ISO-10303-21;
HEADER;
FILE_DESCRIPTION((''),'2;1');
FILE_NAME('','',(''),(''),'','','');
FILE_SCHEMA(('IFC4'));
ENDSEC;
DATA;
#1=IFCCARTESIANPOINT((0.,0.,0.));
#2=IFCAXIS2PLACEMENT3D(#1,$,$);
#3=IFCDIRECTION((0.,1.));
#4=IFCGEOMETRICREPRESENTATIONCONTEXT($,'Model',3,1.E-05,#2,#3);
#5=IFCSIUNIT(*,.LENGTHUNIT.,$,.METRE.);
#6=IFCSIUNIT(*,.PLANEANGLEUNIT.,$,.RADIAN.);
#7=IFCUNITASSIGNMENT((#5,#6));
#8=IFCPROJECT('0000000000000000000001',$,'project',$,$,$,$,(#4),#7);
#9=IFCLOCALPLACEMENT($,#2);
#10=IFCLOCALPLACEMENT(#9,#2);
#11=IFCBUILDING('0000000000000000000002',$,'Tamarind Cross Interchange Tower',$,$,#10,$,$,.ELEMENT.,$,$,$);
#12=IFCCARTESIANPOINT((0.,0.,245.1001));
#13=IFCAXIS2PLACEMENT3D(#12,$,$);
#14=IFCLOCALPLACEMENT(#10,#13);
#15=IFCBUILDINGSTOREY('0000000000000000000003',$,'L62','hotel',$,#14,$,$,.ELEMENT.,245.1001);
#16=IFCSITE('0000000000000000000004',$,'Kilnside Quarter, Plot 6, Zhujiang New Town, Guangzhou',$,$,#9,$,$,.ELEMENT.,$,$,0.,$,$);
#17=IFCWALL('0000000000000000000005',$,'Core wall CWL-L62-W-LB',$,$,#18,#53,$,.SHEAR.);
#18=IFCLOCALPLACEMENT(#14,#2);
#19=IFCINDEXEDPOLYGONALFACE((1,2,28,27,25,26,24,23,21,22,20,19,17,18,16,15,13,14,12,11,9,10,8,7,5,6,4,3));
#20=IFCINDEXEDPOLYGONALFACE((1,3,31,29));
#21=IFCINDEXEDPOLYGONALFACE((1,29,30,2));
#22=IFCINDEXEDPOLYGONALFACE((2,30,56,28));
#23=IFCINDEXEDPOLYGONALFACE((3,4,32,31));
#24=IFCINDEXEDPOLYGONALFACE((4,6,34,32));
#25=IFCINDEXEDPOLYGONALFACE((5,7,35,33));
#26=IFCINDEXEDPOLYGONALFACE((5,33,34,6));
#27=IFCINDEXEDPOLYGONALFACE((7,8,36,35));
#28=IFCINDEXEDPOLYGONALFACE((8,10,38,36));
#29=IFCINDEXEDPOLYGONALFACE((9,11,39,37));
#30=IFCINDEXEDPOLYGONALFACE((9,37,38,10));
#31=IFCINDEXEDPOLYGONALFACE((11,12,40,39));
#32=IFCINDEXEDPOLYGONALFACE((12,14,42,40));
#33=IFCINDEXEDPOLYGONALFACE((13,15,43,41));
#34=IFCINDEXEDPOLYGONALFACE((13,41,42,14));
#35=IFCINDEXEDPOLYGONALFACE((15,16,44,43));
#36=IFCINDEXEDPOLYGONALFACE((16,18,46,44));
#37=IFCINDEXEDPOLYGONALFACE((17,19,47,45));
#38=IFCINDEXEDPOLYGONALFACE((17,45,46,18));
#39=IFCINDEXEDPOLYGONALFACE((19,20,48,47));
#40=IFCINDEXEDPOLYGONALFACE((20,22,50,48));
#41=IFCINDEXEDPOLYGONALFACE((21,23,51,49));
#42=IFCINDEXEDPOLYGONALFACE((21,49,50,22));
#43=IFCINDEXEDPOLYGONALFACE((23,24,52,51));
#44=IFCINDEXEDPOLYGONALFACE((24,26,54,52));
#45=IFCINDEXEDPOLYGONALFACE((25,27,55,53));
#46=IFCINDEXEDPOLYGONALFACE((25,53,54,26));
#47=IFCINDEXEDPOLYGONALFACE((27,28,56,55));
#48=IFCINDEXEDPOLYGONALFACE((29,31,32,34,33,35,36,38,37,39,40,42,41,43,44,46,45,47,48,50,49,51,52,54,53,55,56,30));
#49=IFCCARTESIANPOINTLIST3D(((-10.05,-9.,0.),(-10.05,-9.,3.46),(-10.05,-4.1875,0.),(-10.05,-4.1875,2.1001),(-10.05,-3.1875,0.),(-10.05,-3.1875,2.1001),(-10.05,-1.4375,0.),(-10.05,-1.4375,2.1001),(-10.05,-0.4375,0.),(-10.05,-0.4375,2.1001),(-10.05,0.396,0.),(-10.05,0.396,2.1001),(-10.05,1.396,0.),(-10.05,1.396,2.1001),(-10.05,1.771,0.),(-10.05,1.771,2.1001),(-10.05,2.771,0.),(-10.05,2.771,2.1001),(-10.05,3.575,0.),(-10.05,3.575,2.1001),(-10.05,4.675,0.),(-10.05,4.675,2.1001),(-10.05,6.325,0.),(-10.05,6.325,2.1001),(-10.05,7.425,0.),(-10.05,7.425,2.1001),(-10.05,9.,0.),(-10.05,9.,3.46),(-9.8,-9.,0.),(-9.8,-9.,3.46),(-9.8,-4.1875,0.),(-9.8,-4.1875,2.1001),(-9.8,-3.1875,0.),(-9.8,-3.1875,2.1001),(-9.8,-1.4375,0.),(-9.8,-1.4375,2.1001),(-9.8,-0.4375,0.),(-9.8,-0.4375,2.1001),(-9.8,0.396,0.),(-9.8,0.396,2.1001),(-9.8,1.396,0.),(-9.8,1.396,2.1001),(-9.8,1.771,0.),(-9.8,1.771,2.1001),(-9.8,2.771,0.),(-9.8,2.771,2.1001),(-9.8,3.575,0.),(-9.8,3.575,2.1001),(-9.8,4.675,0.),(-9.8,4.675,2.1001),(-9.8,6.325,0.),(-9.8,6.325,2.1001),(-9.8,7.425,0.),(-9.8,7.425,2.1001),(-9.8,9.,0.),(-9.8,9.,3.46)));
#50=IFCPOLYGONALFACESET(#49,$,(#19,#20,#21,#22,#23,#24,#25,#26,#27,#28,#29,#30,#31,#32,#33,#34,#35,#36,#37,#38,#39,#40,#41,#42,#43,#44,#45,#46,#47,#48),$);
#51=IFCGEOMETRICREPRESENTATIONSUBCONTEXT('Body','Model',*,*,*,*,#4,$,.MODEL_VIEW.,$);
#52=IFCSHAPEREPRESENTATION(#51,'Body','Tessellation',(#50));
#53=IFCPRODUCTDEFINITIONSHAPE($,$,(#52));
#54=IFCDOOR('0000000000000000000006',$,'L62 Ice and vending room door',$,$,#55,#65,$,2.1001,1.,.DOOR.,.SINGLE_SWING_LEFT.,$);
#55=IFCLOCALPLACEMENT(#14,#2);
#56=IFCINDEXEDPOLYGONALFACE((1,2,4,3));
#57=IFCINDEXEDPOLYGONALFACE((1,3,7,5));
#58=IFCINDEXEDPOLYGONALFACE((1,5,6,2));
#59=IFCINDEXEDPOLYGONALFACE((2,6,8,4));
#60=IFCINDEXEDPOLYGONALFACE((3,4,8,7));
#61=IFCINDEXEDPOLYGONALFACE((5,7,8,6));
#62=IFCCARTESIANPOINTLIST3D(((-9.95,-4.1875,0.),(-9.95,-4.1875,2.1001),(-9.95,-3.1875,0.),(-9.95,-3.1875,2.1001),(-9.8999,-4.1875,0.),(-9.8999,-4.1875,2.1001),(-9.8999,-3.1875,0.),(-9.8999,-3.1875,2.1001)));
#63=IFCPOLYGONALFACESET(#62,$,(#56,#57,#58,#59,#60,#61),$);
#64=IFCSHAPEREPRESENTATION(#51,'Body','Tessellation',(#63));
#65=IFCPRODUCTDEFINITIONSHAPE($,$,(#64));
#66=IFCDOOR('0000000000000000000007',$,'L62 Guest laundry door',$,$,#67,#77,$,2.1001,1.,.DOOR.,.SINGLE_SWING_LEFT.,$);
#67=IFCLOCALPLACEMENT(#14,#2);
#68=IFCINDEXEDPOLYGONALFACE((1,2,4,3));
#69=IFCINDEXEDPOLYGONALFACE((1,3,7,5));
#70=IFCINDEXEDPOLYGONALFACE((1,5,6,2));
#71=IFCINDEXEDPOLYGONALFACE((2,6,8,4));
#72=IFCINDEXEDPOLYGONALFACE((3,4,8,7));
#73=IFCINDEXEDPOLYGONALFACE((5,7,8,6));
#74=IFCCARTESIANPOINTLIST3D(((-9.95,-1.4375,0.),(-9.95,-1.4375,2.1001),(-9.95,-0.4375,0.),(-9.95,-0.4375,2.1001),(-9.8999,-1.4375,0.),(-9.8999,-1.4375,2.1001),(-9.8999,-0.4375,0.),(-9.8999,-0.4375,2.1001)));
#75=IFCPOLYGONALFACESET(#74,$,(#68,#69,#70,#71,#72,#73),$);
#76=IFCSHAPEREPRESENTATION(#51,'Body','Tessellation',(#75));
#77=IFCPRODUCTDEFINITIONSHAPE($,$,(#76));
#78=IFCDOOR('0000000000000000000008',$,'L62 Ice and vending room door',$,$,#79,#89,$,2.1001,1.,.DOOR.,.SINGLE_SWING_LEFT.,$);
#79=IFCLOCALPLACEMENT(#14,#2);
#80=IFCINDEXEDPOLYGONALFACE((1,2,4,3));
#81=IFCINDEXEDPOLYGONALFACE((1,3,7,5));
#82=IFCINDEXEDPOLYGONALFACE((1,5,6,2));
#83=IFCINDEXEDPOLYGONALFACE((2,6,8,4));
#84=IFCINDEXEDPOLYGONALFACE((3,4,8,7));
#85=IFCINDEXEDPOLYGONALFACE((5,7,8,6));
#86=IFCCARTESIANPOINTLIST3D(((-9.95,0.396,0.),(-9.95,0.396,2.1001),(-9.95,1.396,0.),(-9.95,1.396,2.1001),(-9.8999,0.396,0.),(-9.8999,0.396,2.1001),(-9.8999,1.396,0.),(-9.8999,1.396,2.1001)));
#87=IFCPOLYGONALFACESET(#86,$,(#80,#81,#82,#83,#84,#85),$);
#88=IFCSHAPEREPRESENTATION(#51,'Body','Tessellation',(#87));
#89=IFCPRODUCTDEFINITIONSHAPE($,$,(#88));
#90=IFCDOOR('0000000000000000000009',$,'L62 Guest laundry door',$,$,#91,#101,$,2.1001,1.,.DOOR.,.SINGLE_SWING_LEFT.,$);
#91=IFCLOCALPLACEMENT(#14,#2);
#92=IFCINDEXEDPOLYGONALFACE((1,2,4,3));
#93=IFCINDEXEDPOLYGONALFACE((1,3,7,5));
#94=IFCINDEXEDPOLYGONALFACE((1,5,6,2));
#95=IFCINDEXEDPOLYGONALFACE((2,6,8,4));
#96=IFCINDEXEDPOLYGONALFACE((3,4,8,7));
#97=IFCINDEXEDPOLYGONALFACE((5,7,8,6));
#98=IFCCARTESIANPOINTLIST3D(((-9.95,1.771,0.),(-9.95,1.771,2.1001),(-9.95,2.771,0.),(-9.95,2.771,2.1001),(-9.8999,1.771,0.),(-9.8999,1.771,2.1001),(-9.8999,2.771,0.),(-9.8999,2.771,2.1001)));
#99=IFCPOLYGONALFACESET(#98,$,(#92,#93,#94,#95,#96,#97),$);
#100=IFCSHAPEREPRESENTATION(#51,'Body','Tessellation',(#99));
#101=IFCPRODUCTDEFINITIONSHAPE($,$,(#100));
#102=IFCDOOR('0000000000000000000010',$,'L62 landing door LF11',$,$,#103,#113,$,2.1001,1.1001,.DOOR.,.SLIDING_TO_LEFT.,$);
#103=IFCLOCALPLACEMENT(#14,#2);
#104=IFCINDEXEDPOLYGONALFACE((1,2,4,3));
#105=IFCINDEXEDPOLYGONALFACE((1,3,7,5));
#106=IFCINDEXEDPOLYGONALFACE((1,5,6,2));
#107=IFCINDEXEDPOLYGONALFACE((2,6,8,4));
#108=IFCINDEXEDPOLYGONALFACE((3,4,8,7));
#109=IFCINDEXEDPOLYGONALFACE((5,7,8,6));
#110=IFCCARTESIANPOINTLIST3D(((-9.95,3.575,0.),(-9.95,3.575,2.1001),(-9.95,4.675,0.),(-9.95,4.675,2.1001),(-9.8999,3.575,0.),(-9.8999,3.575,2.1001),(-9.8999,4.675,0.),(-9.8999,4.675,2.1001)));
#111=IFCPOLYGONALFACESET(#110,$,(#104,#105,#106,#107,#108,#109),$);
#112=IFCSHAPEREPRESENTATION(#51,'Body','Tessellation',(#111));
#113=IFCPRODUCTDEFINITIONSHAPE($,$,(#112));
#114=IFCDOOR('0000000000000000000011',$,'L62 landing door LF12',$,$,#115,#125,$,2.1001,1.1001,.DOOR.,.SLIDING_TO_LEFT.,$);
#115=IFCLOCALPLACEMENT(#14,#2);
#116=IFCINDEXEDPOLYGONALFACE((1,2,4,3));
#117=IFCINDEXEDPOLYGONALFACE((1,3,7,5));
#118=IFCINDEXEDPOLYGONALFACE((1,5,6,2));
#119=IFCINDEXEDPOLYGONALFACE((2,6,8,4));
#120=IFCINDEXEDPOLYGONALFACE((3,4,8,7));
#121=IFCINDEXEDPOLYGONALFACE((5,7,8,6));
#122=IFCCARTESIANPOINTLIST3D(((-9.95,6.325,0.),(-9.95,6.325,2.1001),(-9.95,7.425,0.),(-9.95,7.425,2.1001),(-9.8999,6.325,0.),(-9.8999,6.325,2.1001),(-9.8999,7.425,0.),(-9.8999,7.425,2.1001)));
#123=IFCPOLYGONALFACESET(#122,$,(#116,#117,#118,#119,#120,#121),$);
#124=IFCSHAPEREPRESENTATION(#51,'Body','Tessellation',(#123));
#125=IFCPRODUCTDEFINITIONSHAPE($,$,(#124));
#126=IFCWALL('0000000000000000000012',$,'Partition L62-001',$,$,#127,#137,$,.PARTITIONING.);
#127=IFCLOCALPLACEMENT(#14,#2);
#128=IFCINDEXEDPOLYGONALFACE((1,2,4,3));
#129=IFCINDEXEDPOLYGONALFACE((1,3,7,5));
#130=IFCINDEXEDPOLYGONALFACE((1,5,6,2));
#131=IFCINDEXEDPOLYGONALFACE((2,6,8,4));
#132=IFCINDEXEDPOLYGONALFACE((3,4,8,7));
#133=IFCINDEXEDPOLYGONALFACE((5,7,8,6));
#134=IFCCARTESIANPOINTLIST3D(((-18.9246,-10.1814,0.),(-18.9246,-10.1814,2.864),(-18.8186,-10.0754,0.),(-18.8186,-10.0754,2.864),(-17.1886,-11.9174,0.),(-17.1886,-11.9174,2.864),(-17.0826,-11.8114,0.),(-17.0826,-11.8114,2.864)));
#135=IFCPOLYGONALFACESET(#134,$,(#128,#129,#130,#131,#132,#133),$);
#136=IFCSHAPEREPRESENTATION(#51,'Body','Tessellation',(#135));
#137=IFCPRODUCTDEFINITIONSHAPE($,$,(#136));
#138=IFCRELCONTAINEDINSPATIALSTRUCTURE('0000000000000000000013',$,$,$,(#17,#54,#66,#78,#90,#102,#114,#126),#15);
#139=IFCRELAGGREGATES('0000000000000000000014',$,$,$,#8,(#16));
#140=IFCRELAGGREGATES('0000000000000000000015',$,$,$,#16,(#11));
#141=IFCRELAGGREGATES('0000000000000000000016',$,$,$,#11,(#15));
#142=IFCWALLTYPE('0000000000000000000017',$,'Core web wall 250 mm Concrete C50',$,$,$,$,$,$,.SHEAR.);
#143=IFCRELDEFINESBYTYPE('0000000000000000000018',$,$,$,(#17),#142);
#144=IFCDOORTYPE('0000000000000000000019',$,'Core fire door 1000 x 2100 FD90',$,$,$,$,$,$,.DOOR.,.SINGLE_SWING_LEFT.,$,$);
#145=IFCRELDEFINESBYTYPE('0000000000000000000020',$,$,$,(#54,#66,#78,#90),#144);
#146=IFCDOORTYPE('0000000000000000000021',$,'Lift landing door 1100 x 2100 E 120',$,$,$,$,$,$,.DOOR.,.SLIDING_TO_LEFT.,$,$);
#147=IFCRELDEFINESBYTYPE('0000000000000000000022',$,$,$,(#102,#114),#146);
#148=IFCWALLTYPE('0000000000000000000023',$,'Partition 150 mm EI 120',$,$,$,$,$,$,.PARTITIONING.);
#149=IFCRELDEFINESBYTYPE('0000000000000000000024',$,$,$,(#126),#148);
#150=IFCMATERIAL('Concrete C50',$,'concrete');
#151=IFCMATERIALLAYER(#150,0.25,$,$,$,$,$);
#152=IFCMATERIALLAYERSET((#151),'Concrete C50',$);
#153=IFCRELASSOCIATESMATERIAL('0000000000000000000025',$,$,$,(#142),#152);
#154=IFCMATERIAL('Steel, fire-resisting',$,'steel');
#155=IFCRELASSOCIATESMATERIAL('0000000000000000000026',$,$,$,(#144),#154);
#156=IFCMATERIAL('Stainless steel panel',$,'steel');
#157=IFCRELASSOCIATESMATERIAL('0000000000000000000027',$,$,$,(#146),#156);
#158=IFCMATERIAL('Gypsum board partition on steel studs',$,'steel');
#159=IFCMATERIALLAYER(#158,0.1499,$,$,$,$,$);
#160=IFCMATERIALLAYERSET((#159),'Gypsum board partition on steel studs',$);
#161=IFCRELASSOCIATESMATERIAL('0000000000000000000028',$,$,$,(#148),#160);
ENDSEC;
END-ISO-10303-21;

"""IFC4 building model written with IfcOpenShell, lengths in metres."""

from ifc_helpers import new_model, si_unit, direction, frame, frame_2d, origin, place, context, subcontext, project, spatial, rectangle, extrude, material, layer, layer_set, type_object, element, fill, save


model = new_model("IFC4")

# Units and contexts
model_context = context("Model", 3, precision=1e-05, world=origin(), true_north=direction((0.0, 1.0)))
body_context = subcontext(model_context, "Body", "Model", "MODEL_VIEW")
ifc_project = project(units=[si_unit("LENGTHUNIT", "METRE"), si_unit("PLANEANGLEUNIT", "RADIAN")], contexts=[model_context])

# Site, building, storey
site_placement = place(None, origin())
site = spatial("IfcSite", under=ifc_project, at=site_placement, Name="Kilnside Quarter, Plot 6, Zhujiang New Town, Guangzhou", CompositionType="ELEMENT", RefElevation=0.0)
building_placement = place(site_placement, origin())
building = spatial("IfcBuilding", under=site, at=building_placement, Name="Tamarind Cross Interchange Tower", CompositionType="ELEMENT")
storey_placement = place(building_placement, frame((0.0, 0.0, 245.1001)))
storey = spatial("IfcBuildingStorey", under=building, at=storey_placement, Name="L62", Description="hotel", CompositionType="ELEMENT", Elevation=245.1001)

# Wall, openings, doors
ifc_material_1 = material(Name="Concrete C50", Category="concrete")
ifc_material_2 = material(Name="Steel, fire-resisting", Category="steel")
ifc_layer_1 = layer(ifc_material_1, 0.25)
ifc_layer_set_1 = layer_set([ifc_layer_1], Name="Concrete C50")
wall_type_1 = type_object("IfcWallType", Name="Core web wall 250 mm Concrete C50", PredefinedType="SHEAR", material=ifc_layer_set_1)
door_type_1 = type_object("IfcDoorType", Name="Core fire door 1000 x 2100 FD90", OperationType="SINGLE_SWING_LEFT", PredefinedType="DOOR", material=ifc_material_2)
ifc_material_3 = material(Name="Stainless steel panel", Category="steel")
wall_1_placement = place(storey_placement, frame((-9.925, -9.0, 0.0), z_axis=(0.0, 0.0, 1.0), x_axis=(0.0, 1.0, 0.0)))
wall_1 = element("IfcWall", 1, at=wall_1_placement, inside=storey, type_object=wall_type_1, Name="Core wall CWL-L62-W-LB", PredefinedType="SHEAR", context=body_context, shape_type="SweptSolid", body=[
    extrude(rectangle(XDim=18.0, YDim=0.25, at=frame_2d((9.0, 0.0))), origin(), (0.0, 0.0, 1.0), 3.46),
])
opening_1_placement = place(wall_1_placement, frame((12.575, 0.0, 0.0)))
opening_1 = element("IfcOpeningElement", 2, at=opening_1_placement, cuts=wall_1, PredefinedType="OPENING", context=body_context, shape_type="SweptSolid", body=[
    extrude(rectangle(XDim=1.1001, YDim=2.1001, at=frame_2d((0.55, 1.05))), frame((0.0, 0.135, 0.0), z_axis=(0.0, -1.0, 0.0), x_axis=(1.0, 0.0, 0.0)), (0.0, 0.0, 1.0), 0.27),
])
opening_2_placement = place(wall_1_placement, frame((15.325, 0.0, 0.0)))
opening_2 = element("IfcOpeningElement", 3, at=opening_2_placement, cuts=wall_1, PredefinedType="OPENING", context=body_context, shape_type="SweptSolid", body=[
    extrude(rectangle(XDim=1.1001, YDim=2.1001, at=frame_2d((0.55, 1.05))), frame((0.0, 0.135, 0.0), z_axis=(0.0, -1.0, 0.0), x_axis=(1.0, 0.0, 0.0)), (0.0, 0.0, 1.0), 0.27),
])
opening_3_placement = place(wall_1_placement, frame((4.8125, 0.0, 0.0)))
opening_3 = element("IfcOpeningElement", 4, at=opening_3_placement, cuts=wall_1, PredefinedType="OPENING", context=body_context, shape_type="SweptSolid", body=[
    extrude(rectangle(XDim=1.0, YDim=2.1001, at=frame_2d((0.5, 1.05))), frame((0.0, 0.135, 0.0), z_axis=(0.0, -1.0, 0.0), x_axis=(1.0, 0.0, 0.0)), (0.0, 0.0, 1.0), 0.27),
])
opening_4_placement = place(wall_1_placement, frame((7.5625, 0.0, 0.0)))
opening_4 = element("IfcOpeningElement", 5, at=opening_4_placement, cuts=wall_1, PredefinedType="OPENING", context=body_context, shape_type="SweptSolid", body=[
    extrude(rectangle(XDim=1.0, YDim=2.1001, at=frame_2d((0.5, 1.05))), frame((0.0, 0.135, 0.0), z_axis=(0.0, -1.0, 0.0), x_axis=(1.0, 0.0, 0.0)), (0.0, 0.0, 1.0), 0.27),
])
opening_5_placement = place(wall_1_placement, frame((9.396, 0.0, 0.0)))
opening_5 = element("IfcOpeningElement", 6, at=opening_5_placement, cuts=wall_1, PredefinedType="OPENING", context=body_context, shape_type="SweptSolid", body=[
    extrude(rectangle(XDim=1.0, YDim=2.1001, at=frame_2d((0.5, 1.05))), frame((0.0, 0.135, 0.0), z_axis=(0.0, -1.0, 0.0), x_axis=(1.0, 0.0, 0.0)), (0.0, 0.0, 1.0), 0.27),
])
opening_6_placement = place(wall_1_placement, frame((10.771, 0.0, 0.0)))
opening_6 = element("IfcOpeningElement", 7, at=opening_6_placement, cuts=wall_1, PredefinedType="OPENING", context=body_context, shape_type="SweptSolid", body=[
    extrude(rectangle(XDim=1.0, YDim=2.1001, at=frame_2d((0.5, 1.05))), frame((0.0, 0.135, 0.0), z_axis=(0.0, -1.0, 0.0), x_axis=(1.0, 0.0, 0.0)), (0.0, 0.0, 1.0), 0.27),
])
door_1_placement = place(opening_3_placement, origin())
door_1 = element("IfcDoor", 8, at=door_1_placement, inside=storey, type_object=door_type_1, Name="L62 Ice and vending room door", OperationType="SINGLE_SWING_LEFT", OverallHeight=2.1001, OverallWidth=1.0, PredefinedType="DOOR", context=body_context, shape_type="SweptSolid", body=[
    extrude(rectangle(XDim=1.0, YDim=2.1001, at=frame_2d((0.5, 1.05))), frame((0.0, 0.0249, 0.0), z_axis=(0.0, -1.0, 0.0), x_axis=(1.0, 0.0, 0.0)), (0.0, 0.0, 1.0), 0.05),
])
fill(opening_3, door_1)
door_2_placement = place(opening_4_placement, origin())
door_2 = element("IfcDoor", 9, at=door_2_placement, inside=storey, type_object=door_type_1, Name="L62 Guest laundry door", OperationType="SINGLE_SWING_LEFT", OverallHeight=2.1001, OverallWidth=1.0, PredefinedType="DOOR", context=body_context, shape_type="SweptSolid", body=[
    extrude(rectangle(XDim=1.0, YDim=2.1001, at=frame_2d((0.5, 1.05))), frame((0.0, 0.0249, 0.0), z_axis=(0.0, -1.0, 0.0), x_axis=(1.0, 0.0, 0.0)), (0.0, 0.0, 1.0), 0.05),
])
fill(opening_4, door_2)
door_3_placement = place(opening_5_placement, origin())
door_3 = element("IfcDoor", 10, at=door_3_placement, inside=storey, type_object=door_type_1, Name="L62 Ice and vending room door", OperationType="SINGLE_SWING_LEFT", OverallHeight=2.1001, OverallWidth=1.0, PredefinedType="DOOR", context=body_context, shape_type="SweptSolid", body=[
    extrude(rectangle(XDim=1.0, YDim=2.1001, at=frame_2d((0.5, 1.05))), frame((0.0, 0.0249, 0.0), z_axis=(0.0, -1.0, 0.0), x_axis=(1.0, 0.0, 0.0)), (0.0, 0.0, 1.0), 0.05),
])
fill(opening_5, door_3)
door_4_placement = place(opening_6_placement, origin())
door_4 = element("IfcDoor", 11, at=door_4_placement, inside=storey, type_object=door_type_1, Name="L62 Guest laundry door", OperationType="SINGLE_SWING_LEFT", OverallHeight=2.1001, OverallWidth=1.0, PredefinedType="DOOR", context=body_context, shape_type="SweptSolid", body=[
    extrude(rectangle(XDim=1.0, YDim=2.1001, at=frame_2d((0.5, 1.05))), frame((0.0, 0.0249, 0.0), z_axis=(0.0, -1.0, 0.0), x_axis=(1.0, 0.0, 0.0)), (0.0, 0.0, 1.0), 0.05),
])
fill(opening_6, door_4)
door_type_2 = type_object("IfcDoorType", Name="Lift landing door 1100 x 2100 E 120", OperationType="SLIDING_TO_LEFT", PredefinedType="DOOR", material=ifc_material_3)
door_5_placement = place(opening_1_placement, origin())
door_5 = element("IfcDoor", 12, at=door_5_placement, inside=storey, type_object=door_type_2, Name="L62 landing door LF11", OperationType="SLIDING_TO_LEFT", OverallHeight=2.1001, OverallWidth=1.1001, PredefinedType="DOOR", context=body_context, shape_type="SweptSolid", body=[
    extrude(rectangle(XDim=1.1001, YDim=2.1001, at=frame_2d((0.55, 1.05))), frame((0.0, 0.0249, 0.0), z_axis=(0.0, -1.0, 0.0), x_axis=(1.0, 0.0, 0.0)), (0.0, 0.0, 1.0), 0.05),
])
fill(opening_1, door_5)
door_6_placement = place(opening_2_placement, origin())
door_6 = element("IfcDoor", 13, at=door_6_placement, inside=storey, type_object=door_type_2, Name="L62 landing door LF12", OperationType="SLIDING_TO_LEFT", OverallHeight=2.1001, OverallWidth=1.1001, PredefinedType="DOOR", context=body_context, shape_type="SweptSolid", body=[
    extrude(rectangle(XDim=1.1001, YDim=2.1001, at=frame_2d((0.55, 1.05))), frame((0.0, 0.0249, 0.0), z_axis=(0.0, -1.0, 0.0), x_axis=(1.0, 0.0, 0.0)), (0.0, 0.0, 1.0), 0.05),
])
fill(opening_2, door_6)

# Wall
ifc_material_4 = material(Name="Gypsum board partition on steel studs", Category="steel")
ifc_layer_2 = layer(ifc_material_4, 0.1499)
ifc_layer_set_2 = layer_set([ifc_layer_2], Name="Gypsum board partition on steel studs")
wall_type_2 = type_object("IfcWallType", Name="Partition 150 mm EI 120", PredefinedType="PARTITIONING", material=ifc_layer_set_2)
wall_2_placement = place(storey_placement, frame((-18.8716, -10.1284, 0.0), z_axis=(0.0, 0.0, 1.0), x_axis=(0.707107, -0.707107, 0.0)))
element("IfcWall", 14, at=wall_2_placement, inside=storey, type_object=wall_type_2, Name="Partition L62-001", PredefinedType="PARTITIONING", context=body_context, shape_type="SweptSolid", body=[
    extrude(rectangle(XDim=2.4551, YDim=0.1499, at=frame_2d((1.2275, 0.0))), origin(), (0.0, 0.0, 1.0), 2.864),
])

save(model, "model.ifc")
